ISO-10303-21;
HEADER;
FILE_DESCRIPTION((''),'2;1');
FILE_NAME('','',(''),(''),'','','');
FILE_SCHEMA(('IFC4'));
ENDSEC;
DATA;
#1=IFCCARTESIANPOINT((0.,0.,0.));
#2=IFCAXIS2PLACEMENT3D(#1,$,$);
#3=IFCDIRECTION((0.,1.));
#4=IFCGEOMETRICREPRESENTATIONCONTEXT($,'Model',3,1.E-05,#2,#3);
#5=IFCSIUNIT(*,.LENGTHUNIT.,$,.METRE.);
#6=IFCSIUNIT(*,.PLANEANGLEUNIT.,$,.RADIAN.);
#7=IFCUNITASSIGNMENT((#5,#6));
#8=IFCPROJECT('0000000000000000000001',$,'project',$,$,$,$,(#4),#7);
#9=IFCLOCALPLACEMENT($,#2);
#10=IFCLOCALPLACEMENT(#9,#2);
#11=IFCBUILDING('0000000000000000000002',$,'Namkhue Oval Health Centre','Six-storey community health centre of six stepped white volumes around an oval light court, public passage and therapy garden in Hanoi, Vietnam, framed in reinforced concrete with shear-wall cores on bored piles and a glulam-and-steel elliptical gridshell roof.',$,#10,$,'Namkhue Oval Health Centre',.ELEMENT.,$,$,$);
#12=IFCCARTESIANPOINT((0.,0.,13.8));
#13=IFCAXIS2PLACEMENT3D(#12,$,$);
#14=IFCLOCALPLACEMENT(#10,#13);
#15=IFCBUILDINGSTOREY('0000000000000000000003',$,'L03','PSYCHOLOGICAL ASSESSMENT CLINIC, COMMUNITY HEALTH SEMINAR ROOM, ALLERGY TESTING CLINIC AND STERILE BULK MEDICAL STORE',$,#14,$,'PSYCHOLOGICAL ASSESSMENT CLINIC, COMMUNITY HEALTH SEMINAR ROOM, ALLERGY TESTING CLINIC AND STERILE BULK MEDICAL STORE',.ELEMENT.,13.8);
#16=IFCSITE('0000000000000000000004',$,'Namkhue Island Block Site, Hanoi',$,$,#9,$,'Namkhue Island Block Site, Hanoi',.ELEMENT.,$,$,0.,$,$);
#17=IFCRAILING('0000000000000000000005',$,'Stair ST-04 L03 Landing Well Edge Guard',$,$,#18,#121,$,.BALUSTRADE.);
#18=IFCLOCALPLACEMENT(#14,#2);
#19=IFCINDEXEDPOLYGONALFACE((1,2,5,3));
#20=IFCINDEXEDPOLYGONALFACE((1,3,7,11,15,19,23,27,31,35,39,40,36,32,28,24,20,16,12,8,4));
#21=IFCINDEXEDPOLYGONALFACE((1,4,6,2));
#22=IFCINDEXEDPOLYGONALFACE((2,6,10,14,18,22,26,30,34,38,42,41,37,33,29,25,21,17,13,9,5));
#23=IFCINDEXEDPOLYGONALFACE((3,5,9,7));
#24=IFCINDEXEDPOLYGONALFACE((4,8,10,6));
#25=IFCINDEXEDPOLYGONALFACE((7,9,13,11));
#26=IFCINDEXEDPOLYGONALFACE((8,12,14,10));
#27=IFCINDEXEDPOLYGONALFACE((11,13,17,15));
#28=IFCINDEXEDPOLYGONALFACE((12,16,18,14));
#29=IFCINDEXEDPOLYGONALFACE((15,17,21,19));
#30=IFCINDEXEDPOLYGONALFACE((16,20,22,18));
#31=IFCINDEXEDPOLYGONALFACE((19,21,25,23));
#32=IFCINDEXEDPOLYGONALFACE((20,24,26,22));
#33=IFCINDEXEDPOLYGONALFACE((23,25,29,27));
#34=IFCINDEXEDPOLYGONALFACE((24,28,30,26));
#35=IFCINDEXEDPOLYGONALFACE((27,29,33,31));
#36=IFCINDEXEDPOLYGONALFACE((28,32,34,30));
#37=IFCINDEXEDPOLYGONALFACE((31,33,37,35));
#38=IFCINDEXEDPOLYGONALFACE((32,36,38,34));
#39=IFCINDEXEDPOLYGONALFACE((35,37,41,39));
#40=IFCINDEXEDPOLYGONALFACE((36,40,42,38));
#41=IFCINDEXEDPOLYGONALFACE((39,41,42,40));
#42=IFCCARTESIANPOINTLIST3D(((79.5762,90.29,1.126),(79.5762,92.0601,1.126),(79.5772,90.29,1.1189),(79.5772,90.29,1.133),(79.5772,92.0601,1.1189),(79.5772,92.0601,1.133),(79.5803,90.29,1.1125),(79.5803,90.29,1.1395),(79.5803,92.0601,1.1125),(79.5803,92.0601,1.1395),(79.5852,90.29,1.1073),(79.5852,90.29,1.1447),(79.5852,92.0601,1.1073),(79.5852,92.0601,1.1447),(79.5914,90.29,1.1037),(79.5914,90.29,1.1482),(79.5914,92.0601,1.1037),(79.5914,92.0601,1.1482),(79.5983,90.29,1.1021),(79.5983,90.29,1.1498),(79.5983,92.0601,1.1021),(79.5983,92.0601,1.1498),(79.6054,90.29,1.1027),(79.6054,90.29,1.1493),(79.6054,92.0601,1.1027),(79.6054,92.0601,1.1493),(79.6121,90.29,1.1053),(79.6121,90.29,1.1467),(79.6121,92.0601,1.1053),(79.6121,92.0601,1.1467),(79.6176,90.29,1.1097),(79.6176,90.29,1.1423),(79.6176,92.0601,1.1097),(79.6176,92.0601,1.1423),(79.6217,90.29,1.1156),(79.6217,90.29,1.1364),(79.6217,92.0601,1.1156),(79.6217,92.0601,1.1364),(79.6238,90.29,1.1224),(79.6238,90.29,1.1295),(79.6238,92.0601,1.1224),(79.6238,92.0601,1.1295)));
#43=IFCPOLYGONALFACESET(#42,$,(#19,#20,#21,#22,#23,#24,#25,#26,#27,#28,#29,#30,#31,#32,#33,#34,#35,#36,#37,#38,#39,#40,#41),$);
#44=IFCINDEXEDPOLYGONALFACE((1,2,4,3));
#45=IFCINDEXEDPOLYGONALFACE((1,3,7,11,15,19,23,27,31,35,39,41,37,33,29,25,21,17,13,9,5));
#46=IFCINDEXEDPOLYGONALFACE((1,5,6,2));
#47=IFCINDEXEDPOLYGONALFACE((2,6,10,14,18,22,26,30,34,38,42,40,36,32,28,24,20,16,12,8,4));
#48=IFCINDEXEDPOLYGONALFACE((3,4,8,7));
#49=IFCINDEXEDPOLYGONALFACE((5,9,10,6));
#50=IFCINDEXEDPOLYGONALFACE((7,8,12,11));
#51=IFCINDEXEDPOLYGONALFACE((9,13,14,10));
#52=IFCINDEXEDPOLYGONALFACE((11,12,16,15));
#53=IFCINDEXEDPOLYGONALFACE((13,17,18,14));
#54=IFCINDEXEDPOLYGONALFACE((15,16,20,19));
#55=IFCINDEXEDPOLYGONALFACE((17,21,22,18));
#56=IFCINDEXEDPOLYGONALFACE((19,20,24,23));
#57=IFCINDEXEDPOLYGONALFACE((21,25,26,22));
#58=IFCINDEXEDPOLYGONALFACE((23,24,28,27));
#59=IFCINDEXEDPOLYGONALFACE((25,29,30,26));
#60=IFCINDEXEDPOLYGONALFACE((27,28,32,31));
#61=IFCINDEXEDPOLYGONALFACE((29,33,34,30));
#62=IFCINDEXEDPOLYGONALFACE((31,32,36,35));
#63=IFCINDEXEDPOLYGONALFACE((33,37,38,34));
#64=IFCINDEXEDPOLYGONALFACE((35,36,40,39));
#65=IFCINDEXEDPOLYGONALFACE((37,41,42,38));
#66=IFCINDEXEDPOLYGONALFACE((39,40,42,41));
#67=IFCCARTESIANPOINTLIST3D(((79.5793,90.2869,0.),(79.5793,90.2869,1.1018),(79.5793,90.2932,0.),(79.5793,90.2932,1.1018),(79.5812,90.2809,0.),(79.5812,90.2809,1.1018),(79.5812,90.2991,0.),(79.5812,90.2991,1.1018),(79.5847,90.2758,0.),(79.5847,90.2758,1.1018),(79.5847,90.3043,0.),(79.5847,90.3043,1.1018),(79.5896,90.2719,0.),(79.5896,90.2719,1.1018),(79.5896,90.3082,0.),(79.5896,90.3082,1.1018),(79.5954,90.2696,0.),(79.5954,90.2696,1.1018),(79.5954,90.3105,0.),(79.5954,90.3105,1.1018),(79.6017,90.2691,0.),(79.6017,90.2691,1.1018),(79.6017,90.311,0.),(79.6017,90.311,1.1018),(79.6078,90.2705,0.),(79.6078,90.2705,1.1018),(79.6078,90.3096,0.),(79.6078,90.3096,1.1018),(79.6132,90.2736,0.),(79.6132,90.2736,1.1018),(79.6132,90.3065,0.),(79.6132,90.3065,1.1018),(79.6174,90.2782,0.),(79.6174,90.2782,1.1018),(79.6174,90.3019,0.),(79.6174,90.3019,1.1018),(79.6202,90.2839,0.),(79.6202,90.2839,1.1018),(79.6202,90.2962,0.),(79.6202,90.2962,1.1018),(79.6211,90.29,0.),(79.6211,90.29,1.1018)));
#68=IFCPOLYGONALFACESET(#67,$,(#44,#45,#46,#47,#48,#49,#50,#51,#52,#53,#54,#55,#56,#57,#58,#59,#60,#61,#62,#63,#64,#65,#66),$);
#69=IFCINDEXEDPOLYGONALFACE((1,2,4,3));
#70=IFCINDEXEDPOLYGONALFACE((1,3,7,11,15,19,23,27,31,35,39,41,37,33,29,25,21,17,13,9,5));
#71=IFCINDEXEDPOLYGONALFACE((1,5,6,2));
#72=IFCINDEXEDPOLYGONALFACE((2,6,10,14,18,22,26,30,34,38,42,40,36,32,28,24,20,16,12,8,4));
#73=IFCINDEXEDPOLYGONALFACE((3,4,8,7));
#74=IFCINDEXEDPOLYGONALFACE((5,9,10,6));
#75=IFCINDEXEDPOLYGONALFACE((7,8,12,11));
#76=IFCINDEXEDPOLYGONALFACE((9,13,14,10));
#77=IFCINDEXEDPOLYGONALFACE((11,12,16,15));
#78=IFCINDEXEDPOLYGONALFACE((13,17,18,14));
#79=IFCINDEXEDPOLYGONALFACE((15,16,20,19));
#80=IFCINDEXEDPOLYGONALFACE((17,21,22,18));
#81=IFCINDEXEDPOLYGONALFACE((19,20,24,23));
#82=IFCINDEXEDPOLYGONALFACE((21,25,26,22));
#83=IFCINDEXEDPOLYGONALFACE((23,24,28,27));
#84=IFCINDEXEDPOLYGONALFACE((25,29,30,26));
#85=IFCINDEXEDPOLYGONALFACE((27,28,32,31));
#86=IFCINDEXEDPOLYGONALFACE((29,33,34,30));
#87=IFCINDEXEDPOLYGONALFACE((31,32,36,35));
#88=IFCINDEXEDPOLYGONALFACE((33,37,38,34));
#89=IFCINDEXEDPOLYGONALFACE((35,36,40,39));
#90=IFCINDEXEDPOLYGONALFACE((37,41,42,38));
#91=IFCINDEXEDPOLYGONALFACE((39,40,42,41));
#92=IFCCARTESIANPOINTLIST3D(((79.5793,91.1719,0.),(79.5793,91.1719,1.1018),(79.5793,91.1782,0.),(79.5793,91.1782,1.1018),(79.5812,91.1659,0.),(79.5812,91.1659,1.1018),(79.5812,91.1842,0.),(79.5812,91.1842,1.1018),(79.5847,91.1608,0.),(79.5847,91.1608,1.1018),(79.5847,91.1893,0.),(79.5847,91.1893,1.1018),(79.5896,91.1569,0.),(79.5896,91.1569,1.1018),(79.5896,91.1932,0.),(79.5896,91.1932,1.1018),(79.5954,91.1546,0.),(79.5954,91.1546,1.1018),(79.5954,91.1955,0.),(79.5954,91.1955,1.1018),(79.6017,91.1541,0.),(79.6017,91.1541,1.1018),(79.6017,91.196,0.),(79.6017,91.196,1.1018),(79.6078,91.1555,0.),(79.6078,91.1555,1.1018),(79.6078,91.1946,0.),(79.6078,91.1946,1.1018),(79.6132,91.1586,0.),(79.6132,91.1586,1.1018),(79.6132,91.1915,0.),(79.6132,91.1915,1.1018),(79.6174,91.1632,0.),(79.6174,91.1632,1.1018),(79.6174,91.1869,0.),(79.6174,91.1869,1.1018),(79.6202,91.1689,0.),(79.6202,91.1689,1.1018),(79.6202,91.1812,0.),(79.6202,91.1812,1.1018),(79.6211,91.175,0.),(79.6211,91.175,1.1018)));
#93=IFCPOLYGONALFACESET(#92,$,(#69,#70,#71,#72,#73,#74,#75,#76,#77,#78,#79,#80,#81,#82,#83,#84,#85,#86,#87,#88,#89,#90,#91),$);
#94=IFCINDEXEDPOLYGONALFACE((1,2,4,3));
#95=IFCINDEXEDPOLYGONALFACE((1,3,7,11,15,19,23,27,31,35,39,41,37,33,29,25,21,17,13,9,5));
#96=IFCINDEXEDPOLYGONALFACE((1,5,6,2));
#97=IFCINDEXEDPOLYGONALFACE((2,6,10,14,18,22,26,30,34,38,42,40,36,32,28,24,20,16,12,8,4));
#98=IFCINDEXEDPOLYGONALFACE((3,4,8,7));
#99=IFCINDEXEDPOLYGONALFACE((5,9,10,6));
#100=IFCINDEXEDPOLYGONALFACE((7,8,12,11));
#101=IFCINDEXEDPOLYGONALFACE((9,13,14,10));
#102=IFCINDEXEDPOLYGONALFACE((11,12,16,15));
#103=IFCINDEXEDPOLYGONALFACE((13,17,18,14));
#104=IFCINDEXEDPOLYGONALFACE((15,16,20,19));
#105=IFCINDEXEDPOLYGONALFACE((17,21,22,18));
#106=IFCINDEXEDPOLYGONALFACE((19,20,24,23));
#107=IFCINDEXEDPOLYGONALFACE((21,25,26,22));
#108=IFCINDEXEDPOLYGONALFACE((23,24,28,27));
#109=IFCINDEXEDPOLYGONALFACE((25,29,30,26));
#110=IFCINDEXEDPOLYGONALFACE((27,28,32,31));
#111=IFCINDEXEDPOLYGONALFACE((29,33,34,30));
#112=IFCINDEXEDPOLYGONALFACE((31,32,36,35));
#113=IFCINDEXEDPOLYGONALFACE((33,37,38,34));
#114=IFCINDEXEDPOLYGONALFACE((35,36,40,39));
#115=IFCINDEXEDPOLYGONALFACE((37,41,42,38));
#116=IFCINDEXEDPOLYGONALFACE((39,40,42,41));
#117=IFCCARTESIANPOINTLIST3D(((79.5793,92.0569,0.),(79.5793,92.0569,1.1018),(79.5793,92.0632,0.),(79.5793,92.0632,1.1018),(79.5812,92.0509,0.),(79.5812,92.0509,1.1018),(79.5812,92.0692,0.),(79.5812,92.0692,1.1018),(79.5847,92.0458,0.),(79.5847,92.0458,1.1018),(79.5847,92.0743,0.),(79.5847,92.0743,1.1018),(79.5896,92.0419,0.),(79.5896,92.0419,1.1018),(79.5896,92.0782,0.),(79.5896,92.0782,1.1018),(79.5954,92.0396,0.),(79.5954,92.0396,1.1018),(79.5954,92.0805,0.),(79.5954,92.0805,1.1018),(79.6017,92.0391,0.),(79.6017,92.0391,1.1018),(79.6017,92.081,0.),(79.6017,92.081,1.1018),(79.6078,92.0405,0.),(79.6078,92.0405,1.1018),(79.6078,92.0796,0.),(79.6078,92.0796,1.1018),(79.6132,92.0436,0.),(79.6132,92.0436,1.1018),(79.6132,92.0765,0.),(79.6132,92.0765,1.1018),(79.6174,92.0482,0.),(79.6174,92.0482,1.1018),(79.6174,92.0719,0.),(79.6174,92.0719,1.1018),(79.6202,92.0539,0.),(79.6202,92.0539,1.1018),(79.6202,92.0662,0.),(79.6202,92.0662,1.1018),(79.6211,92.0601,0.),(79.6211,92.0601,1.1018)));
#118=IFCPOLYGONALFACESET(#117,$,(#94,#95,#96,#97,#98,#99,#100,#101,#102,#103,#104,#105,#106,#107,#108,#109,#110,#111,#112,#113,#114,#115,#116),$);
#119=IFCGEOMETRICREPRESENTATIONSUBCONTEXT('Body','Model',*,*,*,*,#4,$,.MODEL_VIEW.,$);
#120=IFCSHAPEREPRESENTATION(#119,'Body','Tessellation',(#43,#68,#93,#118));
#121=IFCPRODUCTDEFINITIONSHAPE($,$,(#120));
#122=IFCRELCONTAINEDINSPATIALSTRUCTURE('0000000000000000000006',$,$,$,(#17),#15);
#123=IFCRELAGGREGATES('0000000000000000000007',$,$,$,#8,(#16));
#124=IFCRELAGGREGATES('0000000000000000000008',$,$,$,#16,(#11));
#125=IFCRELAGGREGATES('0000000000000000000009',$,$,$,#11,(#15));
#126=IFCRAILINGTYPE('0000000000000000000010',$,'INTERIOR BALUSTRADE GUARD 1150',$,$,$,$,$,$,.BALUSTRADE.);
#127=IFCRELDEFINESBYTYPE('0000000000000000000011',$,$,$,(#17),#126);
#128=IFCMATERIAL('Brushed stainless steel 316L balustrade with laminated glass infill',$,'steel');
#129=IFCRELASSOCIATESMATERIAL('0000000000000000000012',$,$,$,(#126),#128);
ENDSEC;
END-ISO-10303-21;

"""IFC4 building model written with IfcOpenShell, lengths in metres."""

from ifc_helpers import new_model, si_unit, direction, frame, origin, origin_2d, place, context, subcontext, project, spatial, circle, extrude, material, type_object, element, save


model = new_model("IFC4")

# Units and contexts
model_context = context("Model", 3, precision=1e-05, world=origin(), true_north=direction((0.0, 1.0)))
body_context = subcontext(model_context, "Body", "Model", "MODEL_VIEW")
ifc_project = project(units=[si_unit("LENGTHUNIT", "METRE"), si_unit("PLANEANGLEUNIT", "RADIAN")], contexts=[model_context])

# Site, building, storey
site_placement = place(None, origin())
site = spatial("IfcSite", under=ifc_project, at=site_placement, Name="Namkhue Island Block Site, Hanoi", LongName="Namkhue Island Block Site, Hanoi", CompositionType="ELEMENT", RefElevation=0.0)
building_placement = place(site_placement, origin())
building = spatial("IfcBuilding", under=site, at=building_placement, Name="Namkhue Oval Health Centre", Description="Six-storey community health centre of six stepped white volumes around an oval light court, public passage and therapy garden in Hanoi, Vietnam, framed in reinforced concrete with shear-wall cores on bored piles and a glulam-and-steel elliptical gridshell roof.", LongName="Namkhue Oval Health Centre", CompositionType="ELEMENT")
storey_placement = place(building_placement, frame((0.0, 0.0, 13.8)))
storey = spatial("IfcBuildingStorey", under=building, at=storey_placement, Name="L03", Description="PSYCHOLOGICAL ASSESSMENT CLINIC, COMMUNITY HEALTH SEMINAR ROOM, ALLERGY TESTING CLINIC AND STERILE BULK MEDICAL STORE", LongName="PSYCHOLOGICAL ASSESSMENT CLINIC, COMMUNITY HEALTH SEMINAR ROOM, ALLERGY TESTING CLINIC AND STERILE BULK MEDICAL STORE", CompositionType="ELEMENT", Elevation=13.8)

# Railing
ifc_material_1 = material(Name="Brushed stainless steel 316L balustrade with laminated glass infill", Category="steel")
railing_type_1 = type_object("IfcRailingType", Name="INTERIOR BALUSTRADE GUARD 1150", PredefinedType="BALUSTRADE", material=ifc_material_1)
railing_1_placement = place(storey_placement, frame((79.6001, 90.29, 0.0)))
element("IfcRailing", 1, at=railing_1_placement, inside=storey, type_object=railing_type_1, Name="Stair ST-04 L03 Landing Well Edge Guard", PredefinedType="BALUSTRADE", context=body_context, shape_type="SweptSolid", body=[
    extrude(circle(Radius=0.0239, at=origin_2d()), frame((0.0, 0.0, 1.126), z_axis=(0.0, 1.0, 0.0), x_axis=(-1.0, 0.0, 0.0)), (0.0, 0.0, 1.0), 1.77),
    extrude(circle(Radius=0.021, at=origin_2d()), origin(), (0.0, 0.0, 1.0), 1.1018),
    extrude(circle(Radius=0.021, at=origin_2d()), frame((0.0, 0.885, 0.0)), (0.0, 0.0, 1.0), 1.1018),
    extrude(circle(Radius=0.021, at=origin_2d()), frame((0.0, 1.77, 0.0)), (0.0, 0.0, 1.0), 1.1018),
])

save(model, "model.ifc")
